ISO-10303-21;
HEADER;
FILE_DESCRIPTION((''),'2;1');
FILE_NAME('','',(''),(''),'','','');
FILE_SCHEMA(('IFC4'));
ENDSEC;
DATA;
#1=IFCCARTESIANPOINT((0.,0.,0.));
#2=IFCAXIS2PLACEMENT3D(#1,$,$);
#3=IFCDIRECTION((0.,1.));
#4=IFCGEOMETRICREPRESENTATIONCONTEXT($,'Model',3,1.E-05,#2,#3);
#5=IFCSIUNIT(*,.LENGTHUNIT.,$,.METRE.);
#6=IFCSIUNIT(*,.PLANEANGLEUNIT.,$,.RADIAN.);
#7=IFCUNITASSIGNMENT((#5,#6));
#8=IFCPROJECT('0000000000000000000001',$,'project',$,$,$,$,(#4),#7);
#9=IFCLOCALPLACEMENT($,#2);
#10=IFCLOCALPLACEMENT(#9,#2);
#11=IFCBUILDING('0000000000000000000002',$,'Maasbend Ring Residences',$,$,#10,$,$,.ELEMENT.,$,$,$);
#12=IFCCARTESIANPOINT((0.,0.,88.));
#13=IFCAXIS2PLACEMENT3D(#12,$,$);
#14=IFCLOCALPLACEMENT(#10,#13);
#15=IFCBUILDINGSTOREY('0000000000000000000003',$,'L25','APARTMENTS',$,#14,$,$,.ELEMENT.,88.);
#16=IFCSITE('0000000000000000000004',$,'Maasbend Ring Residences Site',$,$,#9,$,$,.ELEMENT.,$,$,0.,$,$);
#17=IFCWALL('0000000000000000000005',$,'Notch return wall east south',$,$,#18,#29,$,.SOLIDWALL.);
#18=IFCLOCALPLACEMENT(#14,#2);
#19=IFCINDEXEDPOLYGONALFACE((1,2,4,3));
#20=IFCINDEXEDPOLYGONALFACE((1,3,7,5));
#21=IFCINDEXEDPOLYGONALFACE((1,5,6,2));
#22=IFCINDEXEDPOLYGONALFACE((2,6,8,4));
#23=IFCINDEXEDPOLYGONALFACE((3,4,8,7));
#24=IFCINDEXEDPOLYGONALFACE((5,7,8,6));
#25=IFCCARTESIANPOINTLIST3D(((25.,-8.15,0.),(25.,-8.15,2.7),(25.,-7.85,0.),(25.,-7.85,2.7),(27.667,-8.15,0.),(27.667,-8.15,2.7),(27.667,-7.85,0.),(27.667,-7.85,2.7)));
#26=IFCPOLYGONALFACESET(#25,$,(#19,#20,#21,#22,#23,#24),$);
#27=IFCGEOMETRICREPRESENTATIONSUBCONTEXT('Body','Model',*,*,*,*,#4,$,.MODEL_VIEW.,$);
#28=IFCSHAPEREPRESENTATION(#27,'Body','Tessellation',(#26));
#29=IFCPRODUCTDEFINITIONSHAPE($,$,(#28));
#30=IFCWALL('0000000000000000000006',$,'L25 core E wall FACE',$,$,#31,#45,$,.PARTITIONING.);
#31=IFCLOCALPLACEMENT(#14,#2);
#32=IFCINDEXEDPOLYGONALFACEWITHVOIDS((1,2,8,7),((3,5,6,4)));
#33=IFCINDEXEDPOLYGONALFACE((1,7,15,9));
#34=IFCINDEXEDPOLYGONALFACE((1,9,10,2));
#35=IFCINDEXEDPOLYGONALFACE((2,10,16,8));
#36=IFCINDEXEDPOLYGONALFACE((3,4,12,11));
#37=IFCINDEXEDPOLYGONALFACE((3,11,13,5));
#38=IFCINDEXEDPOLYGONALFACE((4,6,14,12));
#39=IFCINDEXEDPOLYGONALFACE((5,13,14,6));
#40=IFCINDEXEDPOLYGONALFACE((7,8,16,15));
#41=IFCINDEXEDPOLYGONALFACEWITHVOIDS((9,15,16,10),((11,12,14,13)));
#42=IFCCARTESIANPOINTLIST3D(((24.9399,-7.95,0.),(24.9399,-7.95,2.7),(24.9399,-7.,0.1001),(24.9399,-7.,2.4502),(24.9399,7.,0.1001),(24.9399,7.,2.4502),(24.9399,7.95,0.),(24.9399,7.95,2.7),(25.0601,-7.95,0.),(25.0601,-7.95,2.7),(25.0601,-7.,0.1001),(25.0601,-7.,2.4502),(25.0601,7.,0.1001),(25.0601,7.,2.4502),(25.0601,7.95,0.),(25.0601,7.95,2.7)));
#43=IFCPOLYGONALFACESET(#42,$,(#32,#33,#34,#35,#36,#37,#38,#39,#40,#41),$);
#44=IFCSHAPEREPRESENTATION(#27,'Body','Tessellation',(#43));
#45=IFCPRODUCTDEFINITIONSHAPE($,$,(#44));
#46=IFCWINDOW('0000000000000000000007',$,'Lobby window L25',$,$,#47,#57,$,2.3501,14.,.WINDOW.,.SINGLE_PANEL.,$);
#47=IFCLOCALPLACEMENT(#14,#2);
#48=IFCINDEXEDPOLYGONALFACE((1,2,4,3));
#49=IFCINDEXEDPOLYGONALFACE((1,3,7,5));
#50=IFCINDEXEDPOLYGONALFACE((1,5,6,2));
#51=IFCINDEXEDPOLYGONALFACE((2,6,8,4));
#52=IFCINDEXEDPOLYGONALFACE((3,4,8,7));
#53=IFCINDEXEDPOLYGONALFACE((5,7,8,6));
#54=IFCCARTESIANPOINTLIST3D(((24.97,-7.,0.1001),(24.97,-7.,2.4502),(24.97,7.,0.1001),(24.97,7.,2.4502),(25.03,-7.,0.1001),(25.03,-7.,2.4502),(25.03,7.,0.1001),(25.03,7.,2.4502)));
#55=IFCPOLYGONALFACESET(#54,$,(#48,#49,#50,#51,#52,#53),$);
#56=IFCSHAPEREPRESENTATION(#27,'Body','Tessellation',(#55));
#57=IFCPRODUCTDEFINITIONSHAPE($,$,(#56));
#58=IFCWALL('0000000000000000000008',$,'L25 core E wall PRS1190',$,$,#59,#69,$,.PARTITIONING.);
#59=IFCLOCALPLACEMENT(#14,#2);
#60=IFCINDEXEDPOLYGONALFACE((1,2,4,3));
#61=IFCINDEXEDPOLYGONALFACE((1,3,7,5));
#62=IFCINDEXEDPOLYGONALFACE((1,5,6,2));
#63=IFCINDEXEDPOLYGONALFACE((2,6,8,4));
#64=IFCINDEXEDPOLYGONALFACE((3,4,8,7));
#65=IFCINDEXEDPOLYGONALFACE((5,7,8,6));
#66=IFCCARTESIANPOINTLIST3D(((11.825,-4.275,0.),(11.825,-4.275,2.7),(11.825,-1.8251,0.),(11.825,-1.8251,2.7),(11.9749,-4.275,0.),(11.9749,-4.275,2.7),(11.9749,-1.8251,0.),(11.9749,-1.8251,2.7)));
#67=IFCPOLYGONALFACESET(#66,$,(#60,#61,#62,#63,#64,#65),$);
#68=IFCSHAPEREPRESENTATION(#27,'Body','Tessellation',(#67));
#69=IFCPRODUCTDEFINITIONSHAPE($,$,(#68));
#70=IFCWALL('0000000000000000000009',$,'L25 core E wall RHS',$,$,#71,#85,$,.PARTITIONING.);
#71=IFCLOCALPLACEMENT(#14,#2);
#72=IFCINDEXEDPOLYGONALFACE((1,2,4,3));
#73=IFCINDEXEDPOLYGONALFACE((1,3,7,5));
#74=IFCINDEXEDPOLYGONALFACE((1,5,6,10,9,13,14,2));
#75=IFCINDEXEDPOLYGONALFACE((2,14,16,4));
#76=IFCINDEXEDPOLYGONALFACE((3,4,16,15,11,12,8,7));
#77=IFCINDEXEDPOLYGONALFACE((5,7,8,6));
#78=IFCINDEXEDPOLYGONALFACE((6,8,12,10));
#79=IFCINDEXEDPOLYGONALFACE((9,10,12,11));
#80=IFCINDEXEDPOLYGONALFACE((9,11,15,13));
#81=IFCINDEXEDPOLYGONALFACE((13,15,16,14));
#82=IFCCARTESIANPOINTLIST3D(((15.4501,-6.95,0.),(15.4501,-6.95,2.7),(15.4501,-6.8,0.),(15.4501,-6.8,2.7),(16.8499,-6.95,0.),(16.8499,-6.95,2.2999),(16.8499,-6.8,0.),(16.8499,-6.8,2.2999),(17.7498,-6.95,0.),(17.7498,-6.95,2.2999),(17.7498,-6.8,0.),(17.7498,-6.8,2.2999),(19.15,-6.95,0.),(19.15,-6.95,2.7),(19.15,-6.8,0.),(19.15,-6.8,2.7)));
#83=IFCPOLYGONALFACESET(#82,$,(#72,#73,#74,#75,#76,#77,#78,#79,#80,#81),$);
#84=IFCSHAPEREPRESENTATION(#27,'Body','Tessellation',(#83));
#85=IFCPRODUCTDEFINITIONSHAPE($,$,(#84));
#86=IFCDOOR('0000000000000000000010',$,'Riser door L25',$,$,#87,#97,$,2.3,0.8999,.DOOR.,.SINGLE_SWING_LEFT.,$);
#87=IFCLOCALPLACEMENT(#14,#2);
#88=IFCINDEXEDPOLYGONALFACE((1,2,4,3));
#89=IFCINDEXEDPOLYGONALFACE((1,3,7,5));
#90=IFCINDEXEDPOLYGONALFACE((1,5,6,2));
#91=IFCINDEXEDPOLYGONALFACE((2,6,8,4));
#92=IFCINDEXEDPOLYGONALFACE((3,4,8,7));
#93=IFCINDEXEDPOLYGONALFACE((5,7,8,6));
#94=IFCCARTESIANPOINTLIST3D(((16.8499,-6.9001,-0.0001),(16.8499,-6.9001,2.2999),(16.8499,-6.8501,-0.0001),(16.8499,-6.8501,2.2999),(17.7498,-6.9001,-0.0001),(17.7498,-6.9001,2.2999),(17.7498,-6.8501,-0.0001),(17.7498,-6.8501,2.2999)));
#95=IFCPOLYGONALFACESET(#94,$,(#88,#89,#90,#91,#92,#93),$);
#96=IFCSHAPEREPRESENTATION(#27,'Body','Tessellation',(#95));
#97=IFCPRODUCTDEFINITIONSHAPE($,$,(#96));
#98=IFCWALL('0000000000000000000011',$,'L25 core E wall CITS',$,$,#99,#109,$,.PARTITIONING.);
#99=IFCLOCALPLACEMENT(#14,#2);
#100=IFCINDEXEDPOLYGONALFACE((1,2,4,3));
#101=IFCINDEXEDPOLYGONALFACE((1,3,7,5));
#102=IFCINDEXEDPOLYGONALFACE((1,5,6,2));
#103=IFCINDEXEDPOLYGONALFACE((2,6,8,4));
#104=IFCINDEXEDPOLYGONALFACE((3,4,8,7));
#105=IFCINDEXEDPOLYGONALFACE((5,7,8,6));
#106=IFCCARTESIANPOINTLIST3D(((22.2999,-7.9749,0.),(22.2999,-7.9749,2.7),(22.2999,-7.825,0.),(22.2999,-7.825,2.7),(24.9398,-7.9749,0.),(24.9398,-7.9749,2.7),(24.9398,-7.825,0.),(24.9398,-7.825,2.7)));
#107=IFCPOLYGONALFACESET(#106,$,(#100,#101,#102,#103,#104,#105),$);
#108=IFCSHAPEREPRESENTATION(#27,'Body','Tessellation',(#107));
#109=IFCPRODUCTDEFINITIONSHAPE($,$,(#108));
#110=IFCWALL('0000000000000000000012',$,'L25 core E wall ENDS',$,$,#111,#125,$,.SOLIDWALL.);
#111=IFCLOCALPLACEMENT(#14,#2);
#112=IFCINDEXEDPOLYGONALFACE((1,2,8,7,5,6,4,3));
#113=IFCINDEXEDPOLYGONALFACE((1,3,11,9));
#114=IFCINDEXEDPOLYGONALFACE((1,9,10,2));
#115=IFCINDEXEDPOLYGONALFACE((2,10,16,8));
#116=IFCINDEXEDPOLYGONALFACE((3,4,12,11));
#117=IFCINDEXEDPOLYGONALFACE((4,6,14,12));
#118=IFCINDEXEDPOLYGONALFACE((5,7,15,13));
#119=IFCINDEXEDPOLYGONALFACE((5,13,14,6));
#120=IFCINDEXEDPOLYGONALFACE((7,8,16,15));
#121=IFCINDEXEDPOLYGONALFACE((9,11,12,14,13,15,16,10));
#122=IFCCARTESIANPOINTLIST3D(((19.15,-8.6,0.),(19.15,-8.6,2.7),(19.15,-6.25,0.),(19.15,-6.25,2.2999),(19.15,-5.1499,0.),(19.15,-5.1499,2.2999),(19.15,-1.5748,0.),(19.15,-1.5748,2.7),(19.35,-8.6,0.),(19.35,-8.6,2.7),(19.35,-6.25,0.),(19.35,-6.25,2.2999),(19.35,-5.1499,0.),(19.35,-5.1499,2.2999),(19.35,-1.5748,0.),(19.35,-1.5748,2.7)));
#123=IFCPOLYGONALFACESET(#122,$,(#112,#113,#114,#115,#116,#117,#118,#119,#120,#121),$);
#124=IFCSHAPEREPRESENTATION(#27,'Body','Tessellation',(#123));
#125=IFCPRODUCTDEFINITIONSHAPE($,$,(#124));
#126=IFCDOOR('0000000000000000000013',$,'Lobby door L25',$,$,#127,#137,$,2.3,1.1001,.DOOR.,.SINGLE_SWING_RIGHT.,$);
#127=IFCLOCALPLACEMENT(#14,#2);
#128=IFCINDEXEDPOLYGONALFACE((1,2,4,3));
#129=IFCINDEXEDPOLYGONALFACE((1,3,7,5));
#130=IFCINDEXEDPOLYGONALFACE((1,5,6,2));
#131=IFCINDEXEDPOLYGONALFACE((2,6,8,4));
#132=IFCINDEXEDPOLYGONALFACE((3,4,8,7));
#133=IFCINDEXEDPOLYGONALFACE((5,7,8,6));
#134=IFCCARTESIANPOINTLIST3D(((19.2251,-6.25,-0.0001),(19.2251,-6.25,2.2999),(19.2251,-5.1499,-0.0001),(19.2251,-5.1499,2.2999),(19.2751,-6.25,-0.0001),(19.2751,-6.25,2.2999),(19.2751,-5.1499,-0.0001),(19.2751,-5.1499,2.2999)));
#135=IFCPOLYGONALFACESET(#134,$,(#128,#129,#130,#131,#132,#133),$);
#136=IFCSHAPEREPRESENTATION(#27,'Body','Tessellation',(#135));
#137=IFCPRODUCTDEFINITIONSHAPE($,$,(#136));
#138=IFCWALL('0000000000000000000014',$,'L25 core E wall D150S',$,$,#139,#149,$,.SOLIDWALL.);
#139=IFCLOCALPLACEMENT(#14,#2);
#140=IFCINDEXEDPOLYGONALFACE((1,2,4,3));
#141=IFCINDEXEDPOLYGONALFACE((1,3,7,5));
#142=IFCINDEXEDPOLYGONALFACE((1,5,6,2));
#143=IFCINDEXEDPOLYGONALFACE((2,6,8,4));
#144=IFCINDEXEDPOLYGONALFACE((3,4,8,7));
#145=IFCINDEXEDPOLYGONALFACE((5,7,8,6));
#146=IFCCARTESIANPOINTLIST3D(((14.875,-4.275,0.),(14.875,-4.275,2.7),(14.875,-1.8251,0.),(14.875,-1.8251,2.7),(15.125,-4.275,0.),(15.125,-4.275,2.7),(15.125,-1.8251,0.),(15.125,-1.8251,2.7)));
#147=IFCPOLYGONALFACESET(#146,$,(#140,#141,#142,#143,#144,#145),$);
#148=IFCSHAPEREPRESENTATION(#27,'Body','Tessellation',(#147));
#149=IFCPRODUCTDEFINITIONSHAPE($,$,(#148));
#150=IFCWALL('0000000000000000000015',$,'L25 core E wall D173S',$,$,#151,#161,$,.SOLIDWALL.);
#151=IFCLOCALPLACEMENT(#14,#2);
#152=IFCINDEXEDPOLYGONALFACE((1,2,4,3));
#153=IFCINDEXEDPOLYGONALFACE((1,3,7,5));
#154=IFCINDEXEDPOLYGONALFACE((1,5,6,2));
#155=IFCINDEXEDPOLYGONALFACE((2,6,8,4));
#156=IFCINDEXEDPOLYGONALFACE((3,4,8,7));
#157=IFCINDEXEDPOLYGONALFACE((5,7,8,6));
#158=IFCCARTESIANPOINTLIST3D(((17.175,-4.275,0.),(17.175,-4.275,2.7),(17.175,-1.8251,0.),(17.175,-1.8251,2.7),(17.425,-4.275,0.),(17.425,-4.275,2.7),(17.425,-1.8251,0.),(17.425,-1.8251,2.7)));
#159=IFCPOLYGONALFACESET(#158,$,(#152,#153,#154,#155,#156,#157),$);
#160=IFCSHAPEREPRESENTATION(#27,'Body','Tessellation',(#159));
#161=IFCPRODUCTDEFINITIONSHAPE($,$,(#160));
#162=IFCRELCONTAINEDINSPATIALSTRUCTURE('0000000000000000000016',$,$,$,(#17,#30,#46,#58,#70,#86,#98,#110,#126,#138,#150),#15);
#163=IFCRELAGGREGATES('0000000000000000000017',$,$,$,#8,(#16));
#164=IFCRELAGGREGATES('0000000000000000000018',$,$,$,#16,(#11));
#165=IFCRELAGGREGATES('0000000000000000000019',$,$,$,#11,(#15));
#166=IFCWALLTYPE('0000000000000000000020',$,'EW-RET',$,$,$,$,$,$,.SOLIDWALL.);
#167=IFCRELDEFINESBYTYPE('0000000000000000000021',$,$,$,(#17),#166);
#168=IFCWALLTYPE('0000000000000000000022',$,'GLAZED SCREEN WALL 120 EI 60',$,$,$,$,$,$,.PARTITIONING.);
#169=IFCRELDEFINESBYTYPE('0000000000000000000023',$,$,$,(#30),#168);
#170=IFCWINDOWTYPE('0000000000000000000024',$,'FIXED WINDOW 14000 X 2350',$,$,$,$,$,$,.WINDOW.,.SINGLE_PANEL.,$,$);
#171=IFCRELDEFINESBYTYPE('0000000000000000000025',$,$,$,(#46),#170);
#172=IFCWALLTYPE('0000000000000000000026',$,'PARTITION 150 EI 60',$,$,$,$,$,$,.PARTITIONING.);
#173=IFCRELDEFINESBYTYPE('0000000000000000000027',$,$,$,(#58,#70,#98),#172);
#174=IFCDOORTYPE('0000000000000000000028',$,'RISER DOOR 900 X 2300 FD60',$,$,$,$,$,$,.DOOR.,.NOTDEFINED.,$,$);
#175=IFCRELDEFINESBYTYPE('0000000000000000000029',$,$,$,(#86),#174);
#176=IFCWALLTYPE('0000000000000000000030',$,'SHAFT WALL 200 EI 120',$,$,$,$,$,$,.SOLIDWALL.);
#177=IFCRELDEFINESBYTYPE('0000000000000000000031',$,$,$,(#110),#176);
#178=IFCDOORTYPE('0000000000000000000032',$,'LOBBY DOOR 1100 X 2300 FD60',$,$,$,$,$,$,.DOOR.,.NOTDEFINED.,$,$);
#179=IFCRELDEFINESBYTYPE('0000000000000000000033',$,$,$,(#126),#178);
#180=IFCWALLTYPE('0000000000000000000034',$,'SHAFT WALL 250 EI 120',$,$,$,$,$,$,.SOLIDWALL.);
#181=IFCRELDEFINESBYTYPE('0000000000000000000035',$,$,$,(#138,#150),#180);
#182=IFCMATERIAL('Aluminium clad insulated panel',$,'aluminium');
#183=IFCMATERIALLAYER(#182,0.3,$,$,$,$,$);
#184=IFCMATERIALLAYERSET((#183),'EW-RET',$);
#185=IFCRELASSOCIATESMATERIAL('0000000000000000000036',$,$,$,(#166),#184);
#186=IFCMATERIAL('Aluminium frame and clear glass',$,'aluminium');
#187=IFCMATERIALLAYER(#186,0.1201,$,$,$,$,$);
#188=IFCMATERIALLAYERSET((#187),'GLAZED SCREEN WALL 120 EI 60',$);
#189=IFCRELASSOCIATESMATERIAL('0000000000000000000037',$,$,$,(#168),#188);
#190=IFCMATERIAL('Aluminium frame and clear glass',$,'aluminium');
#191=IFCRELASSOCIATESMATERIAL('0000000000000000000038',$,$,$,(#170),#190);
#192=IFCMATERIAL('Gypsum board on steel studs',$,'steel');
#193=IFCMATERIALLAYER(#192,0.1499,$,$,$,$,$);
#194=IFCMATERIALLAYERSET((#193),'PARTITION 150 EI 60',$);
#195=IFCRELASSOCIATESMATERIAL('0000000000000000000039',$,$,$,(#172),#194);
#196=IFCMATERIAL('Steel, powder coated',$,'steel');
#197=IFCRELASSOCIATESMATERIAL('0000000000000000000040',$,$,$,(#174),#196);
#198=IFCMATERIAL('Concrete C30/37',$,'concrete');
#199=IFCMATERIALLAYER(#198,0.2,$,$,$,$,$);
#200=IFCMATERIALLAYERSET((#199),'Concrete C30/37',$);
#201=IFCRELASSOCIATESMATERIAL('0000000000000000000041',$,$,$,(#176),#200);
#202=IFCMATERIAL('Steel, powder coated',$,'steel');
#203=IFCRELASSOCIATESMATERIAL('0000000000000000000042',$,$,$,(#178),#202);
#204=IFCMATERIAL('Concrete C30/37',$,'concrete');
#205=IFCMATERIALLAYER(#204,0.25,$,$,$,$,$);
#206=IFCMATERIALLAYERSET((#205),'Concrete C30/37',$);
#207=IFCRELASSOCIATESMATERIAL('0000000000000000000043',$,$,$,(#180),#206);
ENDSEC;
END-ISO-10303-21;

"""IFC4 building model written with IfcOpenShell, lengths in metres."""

from ifc_helpers import new_model, si_unit, direction, frame, frame_2d, origin, place, context, subcontext, project, spatial, rectangle, extrude, material, layer, layer_set, type_object, element, fill, save


model = new_model("IFC4")

# Units and contexts
model_context = context("Model", 3, precision=1e-05, world=origin(), true_north=direction((0.0, 1.0)))
body_context = subcontext(model_context, "Body", "Model", "MODEL_VIEW")
ifc_project = project(units=[si_unit("LENGTHUNIT", "METRE"), si_unit("PLANEANGLEUNIT", "RADIAN")], contexts=[model_context])

# Site, building, storey
site_placement = place(None, origin())
site = spatial("IfcSite", under=ifc_project, at=site_placement, Name="Maasbend Ring Residences Site", CompositionType="ELEMENT", RefElevation=0.0)
building_placement = place(site_placement, origin())
building = spatial("IfcBuilding", under=site, at=building_placement, Name="Maasbend Ring Residences", CompositionType="ELEMENT")
storey_placement = place(building_placement, frame((0.0, 0.0, 88.0)))
storey = spatial("IfcBuildingStorey", under=building, at=storey_placement, Name="L25", Description="APARTMENTS", CompositionType="ELEMENT", Elevation=88.0)

# Wall
ifc_material_1 = material(Name="Aluminium clad insulated panel", Category="aluminium")
ifc_layer_1 = layer(ifc_material_1, 0.3)
ifc_layer_set_1 = layer_set([ifc_layer_1], Name="EW-RET")
wall_type_1 = type_object("IfcWallType", Name="EW-RET", PredefinedType="SOLIDWALL", material=ifc_layer_set_1)
wall_1_placement = place(storey_placement, frame((25.0, -8.0, 0.0), z_axis=(0.0, 0.0, 1.0), x_axis=(1.0, 0.0, 0.0)))
element("IfcWall", 1, at=wall_1_placement, inside=storey, type_object=wall_type_1, Name="Notch return wall east south", PredefinedType="SOLIDWALL", context=body_context, shape_type="SweptSolid", body=[
    extrude(rectangle(XDim=2.667, YDim=0.3, at=frame_2d((1.3335, 0.0))), origin(), (0.0, 0.0, 1.0), 2.7),
])

# Wall, opening, window
ifc_material_2 = material(Name="Aluminium frame and clear glass", Category="aluminium")
ifc_layer_2 = layer(ifc_material_2, 0.1201)
ifc_layer_set_2 = layer_set([ifc_layer_2], Name="GLAZED SCREEN WALL 120 EI 60")
wall_type_2 = type_object("IfcWallType", Name="GLAZED SCREEN WALL 120 EI 60", PredefinedType="PARTITIONING", material=ifc_layer_set_2)
wall_2_placement = place(storey_placement, frame((25.0, -7.95, 0.0), z_axis=(0.0, 0.0, 1.0), x_axis=(0.0, 1.0, 0.0)))
wall_2 = element("IfcWall", 2, at=wall_2_placement, inside=storey, type_object=wall_type_2, Name="L25 core E wall FACE", PredefinedType="PARTITIONING", context=body_context, shape_type="SweptSolid", body=[
    extrude(rectangle(XDim=15.8999, YDim=0.1201, at=frame_2d((7.95, 0.0))), origin(), (0.0, 0.0, 1.0), 2.7),
])
opening_1_placement = place(wall_2_placement, frame((0.95, 0.0, 0.1001)))
opening_1 = element("IfcOpeningElement", 3, at=opening_1_placement, cuts=wall_2, PredefinedType="OPENING", context=body_context, shape_type="SweptSolid", body=[
    extrude(rectangle(XDim=14.0, YDim=2.3501, at=frame_2d((7.0, 1.175))), frame((0.0, 0.0701, 0.0), z_axis=(0.0, -1.0, 0.0), x_axis=(1.0, 0.0, 0.0)), (0.0, 0.0, 1.0), 0.1401),
])
ifc_material_3 = material(Name="Aluminium frame and clear glass", Category="aluminium")
window_type = type_object("IfcWindowType", Name="FIXED WINDOW 14000 X 2350", PartitioningType="SINGLE_PANEL", PredefinedType="WINDOW", material=ifc_material_3)
window_placement = place(opening_1_placement, origin())
window = element("IfcWindow", 4, at=window_placement, inside=storey, type_object=window_type, Name="Lobby window L25", OverallHeight=2.3501, OverallWidth=14.0, PartitioningType="SINGLE_PANEL", PredefinedType="WINDOW", context=body_context, shape_type="SweptSolid", body=[
    extrude(rectangle(XDim=14.0, YDim=2.3501, at=frame_2d((7.0, 1.175))), frame((0.0, 0.03, 0.0), z_axis=(0.0, -1.0, 0.0), x_axis=(1.0, 0.0, 0.0)), (0.0, 0.0, 1.0), 0.0601),
])
fill(opening_1, window)

# Wall
ifc_material_4 = material(Name="Gypsum board on steel studs", Category="steel")
ifc_layer_3 = layer(ifc_material_4, 0.1499)
ifc_layer_set_3 = layer_set([ifc_layer_3], Name="PARTITION 150 EI 60")
wall_type_3 = type_object("IfcWallType", Name="PARTITION 150 EI 60", PredefinedType="PARTITIONING", material=ifc_layer_set_3)
wall_3_placement = place(storey_placement, frame((11.8999, -1.825, 0.0), z_axis=(0.0, 0.0, 1.0), x_axis=(0.0, -1.0, 0.0)))
element("IfcWall", 5, at=wall_3_placement, inside=storey, type_object=wall_type_3, Name="L25 core E wall PRS1190", PredefinedType="PARTITIONING", context=body_context, shape_type="SweptSolid", body=[
    extrude(rectangle(XDim=2.45, YDim=0.1499, at=frame_2d((1.2251, 0.0))), origin(), (0.0, 0.0, 1.0), 2.7),
])

# Wall, opening, door
wall_4_placement = place(storey_placement, frame((15.45, -6.875, 0.0), z_axis=(0.0, 0.0, 1.0), x_axis=(1.0, 0.0, 0.0)))
wall_4 = element("IfcWall", 6, at=wall_4_placement, inside=storey, type_object=wall_type_3, Name="L25 core E wall RHS", PredefinedType="PARTITIONING", context=body_context, shape_type="SweptSolid", body=[
    extrude(rectangle(XDim=3.7, YDim=0.1499, at=frame_2d((1.8501, 0.0))), origin(), (0.0, 0.0, 1.0), 2.7),
])
opening_2_placement = place(wall_4_placement, frame((1.3999, 0.0, 0.0)))
opening_2 = element("IfcOpeningElement", 7, at=opening_2_placement, cuts=wall_4, PredefinedType="OPENING", context=body_context, shape_type="SweptSolid", body=[
    extrude(rectangle(XDim=0.8999, YDim=2.3, at=frame_2d((0.45, 1.1499))), frame((0.0, 0.085, 0.0), z_axis=(0.0, -1.0, 0.0), x_axis=(1.0, 0.0, 0.0)), (0.0, 0.0, 1.0), 0.1699),
])
ifc_material_5 = material(Name="Steel, powder coated", Category="steel")
door_type_1 = type_object("IfcDoorType", Name="RISER DOOR 900 X 2300 FD60", OperationType="NOTDEFINED", PredefinedType="DOOR", material=ifc_material_5)
door_1_placement = place(opening_2_placement, origin())
door_1 = element("IfcDoor", 8, at=door_1_placement, inside=storey, type_object=door_type_1, Name="Riser door L25", OperationType="SINGLE_SWING_LEFT", OverallHeight=2.3, OverallWidth=0.8999, PredefinedType="DOOR", context=body_context, shape_type="SweptSolid", body=[
    extrude(rectangle(XDim=0.8999, YDim=2.3, at=frame_2d((0.45, 1.1499))), frame((0.0, 0.0249, 0.0), z_axis=(0.0, -1.0, 0.0), x_axis=(1.0, 0.0, 0.0)), (0.0, 0.0, 1.0), 0.05),
])
fill(opening_2, door_1)

# Wall
wall_5_placement = place(storey_placement, frame((22.3, -7.8999, 0.0), z_axis=(0.0, 0.0, 1.0), x_axis=(1.0, 0.0, 0.0)))
element("IfcWall", 9, at=wall_5_placement, inside=storey, type_object=wall_type_3, Name="L25 core E wall CITS", PredefinedType="PARTITIONING", context=body_context, shape_type="SweptSolid", body=[
    extrude(rectangle(XDim=2.6399, YDim=0.1499, at=frame_2d((1.3198, 0.0))), origin(), (0.0, 0.0, 1.0), 2.7),
])

# Wall, opening, door
ifc_material_6 = material(Name="Concrete C30/37", Category="concrete")
ifc_layer_4 = layer(ifc_material_6, 0.2)
ifc_layer_set_4 = layer_set([ifc_layer_4], Name="Concrete C30/37")
wall_type_4 = type_object("IfcWallType", Name="SHAFT WALL 200 EI 120", PredefinedType="SOLIDWALL", material=ifc_layer_set_4)
wall_6_placement = place(storey_placement, frame((19.25, -8.6001, 0.0), z_axis=(0.0, 0.0, 1.0), x_axis=(0.0, 1.0, 0.0)))
wall_6 = element("IfcWall", 10, at=wall_6_placement, inside=storey, type_object=wall_type_4, Name="L25 core E wall ENDS", PredefinedType="SOLIDWALL", context=body_context, shape_type="SweptSolid", body=[
    extrude(rectangle(XDim=7.0251, YDim=0.2, at=frame_2d((3.5127, 0.0))), origin(), (0.0, 0.0, 1.0), 2.7),
])
opening_3_placement = place(wall_6_placement, frame((2.3501, 0.0, 0.0)))
opening_3 = element("IfcOpeningElement", 11, at=opening_3_placement, cuts=wall_6, PredefinedType="OPENING", context=body_context, shape_type="SweptSolid", body=[
    extrude(rectangle(XDim=1.1001, YDim=2.3, at=frame_2d((0.55, 1.1499))), frame((0.0, 0.1099, 0.0), z_axis=(0.0, -1.0, 0.0), x_axis=(1.0, 0.0, 0.0)), (0.0, 0.0, 1.0), 0.22),
])
ifc_material_7 = material(Name="Steel, powder coated", Category="steel")
door_type_2 = type_object("IfcDoorType", Name="LOBBY DOOR 1100 X 2300 FD60", OperationType="NOTDEFINED", PredefinedType="DOOR", material=ifc_material_7)
door_2_placement = place(opening_3_placement, origin())
door_2 = element("IfcDoor", 12, at=door_2_placement, inside=storey, type_object=door_type_2, Name="Lobby door L25", OperationType="SINGLE_SWING_RIGHT", OverallHeight=2.3, OverallWidth=1.1001, PredefinedType="DOOR", context=body_context, shape_type="SweptSolid", body=[
    extrude(rectangle(XDim=1.1001, YDim=2.3, at=frame_2d((0.55, 1.1499))), frame((0.0, 0.0249, 0.0), z_axis=(0.0, -1.0, 0.0), x_axis=(1.0, 0.0, 0.0)), (0.0, 0.0, 1.0), 0.05),
])
fill(opening_3, door_2)

# Walls
ifc_material_8 = material(Name="Concrete C30/37", Category="concrete")
ifc_layer_5 = layer(ifc_material_8, 0.25)
ifc_layer_set_5 = layer_set([ifc_layer_5], Name="Concrete C30/37")
wall_type_5 = type_object("IfcWallType", Name="SHAFT WALL 250 EI 120", PredefinedType="SOLIDWALL", material=ifc_layer_set_5)
for number, where, z_axis, x_axis, name in (
    (13, (15.0, -1.825, 0.0), (0.0, 0.0, 1.0), (0.0, -1.0, 0.0), "L25 core E wall D150S"),
    (14, (17.3, -1.825, 0.0), (0.0, 0.0, 1.0), (0.0, -1.0, 0.0), "L25 core E wall D173S"),
):
    element("IfcWall", number, at=place(storey_placement, frame(where, z_axis=z_axis, x_axis=x_axis)), inside=storey, type_object=wall_type_5, Name=name, PredefinedType="SOLIDWALL", context=body_context, shape_type="SweptSolid", body=[
        extrude(rectangle(XDim=2.45, YDim=0.25, at=frame_2d((1.2251, 0.0))), origin(), (0.0, 0.0, 1.0), 2.7),
    ])

save(model, "model.ifc")
